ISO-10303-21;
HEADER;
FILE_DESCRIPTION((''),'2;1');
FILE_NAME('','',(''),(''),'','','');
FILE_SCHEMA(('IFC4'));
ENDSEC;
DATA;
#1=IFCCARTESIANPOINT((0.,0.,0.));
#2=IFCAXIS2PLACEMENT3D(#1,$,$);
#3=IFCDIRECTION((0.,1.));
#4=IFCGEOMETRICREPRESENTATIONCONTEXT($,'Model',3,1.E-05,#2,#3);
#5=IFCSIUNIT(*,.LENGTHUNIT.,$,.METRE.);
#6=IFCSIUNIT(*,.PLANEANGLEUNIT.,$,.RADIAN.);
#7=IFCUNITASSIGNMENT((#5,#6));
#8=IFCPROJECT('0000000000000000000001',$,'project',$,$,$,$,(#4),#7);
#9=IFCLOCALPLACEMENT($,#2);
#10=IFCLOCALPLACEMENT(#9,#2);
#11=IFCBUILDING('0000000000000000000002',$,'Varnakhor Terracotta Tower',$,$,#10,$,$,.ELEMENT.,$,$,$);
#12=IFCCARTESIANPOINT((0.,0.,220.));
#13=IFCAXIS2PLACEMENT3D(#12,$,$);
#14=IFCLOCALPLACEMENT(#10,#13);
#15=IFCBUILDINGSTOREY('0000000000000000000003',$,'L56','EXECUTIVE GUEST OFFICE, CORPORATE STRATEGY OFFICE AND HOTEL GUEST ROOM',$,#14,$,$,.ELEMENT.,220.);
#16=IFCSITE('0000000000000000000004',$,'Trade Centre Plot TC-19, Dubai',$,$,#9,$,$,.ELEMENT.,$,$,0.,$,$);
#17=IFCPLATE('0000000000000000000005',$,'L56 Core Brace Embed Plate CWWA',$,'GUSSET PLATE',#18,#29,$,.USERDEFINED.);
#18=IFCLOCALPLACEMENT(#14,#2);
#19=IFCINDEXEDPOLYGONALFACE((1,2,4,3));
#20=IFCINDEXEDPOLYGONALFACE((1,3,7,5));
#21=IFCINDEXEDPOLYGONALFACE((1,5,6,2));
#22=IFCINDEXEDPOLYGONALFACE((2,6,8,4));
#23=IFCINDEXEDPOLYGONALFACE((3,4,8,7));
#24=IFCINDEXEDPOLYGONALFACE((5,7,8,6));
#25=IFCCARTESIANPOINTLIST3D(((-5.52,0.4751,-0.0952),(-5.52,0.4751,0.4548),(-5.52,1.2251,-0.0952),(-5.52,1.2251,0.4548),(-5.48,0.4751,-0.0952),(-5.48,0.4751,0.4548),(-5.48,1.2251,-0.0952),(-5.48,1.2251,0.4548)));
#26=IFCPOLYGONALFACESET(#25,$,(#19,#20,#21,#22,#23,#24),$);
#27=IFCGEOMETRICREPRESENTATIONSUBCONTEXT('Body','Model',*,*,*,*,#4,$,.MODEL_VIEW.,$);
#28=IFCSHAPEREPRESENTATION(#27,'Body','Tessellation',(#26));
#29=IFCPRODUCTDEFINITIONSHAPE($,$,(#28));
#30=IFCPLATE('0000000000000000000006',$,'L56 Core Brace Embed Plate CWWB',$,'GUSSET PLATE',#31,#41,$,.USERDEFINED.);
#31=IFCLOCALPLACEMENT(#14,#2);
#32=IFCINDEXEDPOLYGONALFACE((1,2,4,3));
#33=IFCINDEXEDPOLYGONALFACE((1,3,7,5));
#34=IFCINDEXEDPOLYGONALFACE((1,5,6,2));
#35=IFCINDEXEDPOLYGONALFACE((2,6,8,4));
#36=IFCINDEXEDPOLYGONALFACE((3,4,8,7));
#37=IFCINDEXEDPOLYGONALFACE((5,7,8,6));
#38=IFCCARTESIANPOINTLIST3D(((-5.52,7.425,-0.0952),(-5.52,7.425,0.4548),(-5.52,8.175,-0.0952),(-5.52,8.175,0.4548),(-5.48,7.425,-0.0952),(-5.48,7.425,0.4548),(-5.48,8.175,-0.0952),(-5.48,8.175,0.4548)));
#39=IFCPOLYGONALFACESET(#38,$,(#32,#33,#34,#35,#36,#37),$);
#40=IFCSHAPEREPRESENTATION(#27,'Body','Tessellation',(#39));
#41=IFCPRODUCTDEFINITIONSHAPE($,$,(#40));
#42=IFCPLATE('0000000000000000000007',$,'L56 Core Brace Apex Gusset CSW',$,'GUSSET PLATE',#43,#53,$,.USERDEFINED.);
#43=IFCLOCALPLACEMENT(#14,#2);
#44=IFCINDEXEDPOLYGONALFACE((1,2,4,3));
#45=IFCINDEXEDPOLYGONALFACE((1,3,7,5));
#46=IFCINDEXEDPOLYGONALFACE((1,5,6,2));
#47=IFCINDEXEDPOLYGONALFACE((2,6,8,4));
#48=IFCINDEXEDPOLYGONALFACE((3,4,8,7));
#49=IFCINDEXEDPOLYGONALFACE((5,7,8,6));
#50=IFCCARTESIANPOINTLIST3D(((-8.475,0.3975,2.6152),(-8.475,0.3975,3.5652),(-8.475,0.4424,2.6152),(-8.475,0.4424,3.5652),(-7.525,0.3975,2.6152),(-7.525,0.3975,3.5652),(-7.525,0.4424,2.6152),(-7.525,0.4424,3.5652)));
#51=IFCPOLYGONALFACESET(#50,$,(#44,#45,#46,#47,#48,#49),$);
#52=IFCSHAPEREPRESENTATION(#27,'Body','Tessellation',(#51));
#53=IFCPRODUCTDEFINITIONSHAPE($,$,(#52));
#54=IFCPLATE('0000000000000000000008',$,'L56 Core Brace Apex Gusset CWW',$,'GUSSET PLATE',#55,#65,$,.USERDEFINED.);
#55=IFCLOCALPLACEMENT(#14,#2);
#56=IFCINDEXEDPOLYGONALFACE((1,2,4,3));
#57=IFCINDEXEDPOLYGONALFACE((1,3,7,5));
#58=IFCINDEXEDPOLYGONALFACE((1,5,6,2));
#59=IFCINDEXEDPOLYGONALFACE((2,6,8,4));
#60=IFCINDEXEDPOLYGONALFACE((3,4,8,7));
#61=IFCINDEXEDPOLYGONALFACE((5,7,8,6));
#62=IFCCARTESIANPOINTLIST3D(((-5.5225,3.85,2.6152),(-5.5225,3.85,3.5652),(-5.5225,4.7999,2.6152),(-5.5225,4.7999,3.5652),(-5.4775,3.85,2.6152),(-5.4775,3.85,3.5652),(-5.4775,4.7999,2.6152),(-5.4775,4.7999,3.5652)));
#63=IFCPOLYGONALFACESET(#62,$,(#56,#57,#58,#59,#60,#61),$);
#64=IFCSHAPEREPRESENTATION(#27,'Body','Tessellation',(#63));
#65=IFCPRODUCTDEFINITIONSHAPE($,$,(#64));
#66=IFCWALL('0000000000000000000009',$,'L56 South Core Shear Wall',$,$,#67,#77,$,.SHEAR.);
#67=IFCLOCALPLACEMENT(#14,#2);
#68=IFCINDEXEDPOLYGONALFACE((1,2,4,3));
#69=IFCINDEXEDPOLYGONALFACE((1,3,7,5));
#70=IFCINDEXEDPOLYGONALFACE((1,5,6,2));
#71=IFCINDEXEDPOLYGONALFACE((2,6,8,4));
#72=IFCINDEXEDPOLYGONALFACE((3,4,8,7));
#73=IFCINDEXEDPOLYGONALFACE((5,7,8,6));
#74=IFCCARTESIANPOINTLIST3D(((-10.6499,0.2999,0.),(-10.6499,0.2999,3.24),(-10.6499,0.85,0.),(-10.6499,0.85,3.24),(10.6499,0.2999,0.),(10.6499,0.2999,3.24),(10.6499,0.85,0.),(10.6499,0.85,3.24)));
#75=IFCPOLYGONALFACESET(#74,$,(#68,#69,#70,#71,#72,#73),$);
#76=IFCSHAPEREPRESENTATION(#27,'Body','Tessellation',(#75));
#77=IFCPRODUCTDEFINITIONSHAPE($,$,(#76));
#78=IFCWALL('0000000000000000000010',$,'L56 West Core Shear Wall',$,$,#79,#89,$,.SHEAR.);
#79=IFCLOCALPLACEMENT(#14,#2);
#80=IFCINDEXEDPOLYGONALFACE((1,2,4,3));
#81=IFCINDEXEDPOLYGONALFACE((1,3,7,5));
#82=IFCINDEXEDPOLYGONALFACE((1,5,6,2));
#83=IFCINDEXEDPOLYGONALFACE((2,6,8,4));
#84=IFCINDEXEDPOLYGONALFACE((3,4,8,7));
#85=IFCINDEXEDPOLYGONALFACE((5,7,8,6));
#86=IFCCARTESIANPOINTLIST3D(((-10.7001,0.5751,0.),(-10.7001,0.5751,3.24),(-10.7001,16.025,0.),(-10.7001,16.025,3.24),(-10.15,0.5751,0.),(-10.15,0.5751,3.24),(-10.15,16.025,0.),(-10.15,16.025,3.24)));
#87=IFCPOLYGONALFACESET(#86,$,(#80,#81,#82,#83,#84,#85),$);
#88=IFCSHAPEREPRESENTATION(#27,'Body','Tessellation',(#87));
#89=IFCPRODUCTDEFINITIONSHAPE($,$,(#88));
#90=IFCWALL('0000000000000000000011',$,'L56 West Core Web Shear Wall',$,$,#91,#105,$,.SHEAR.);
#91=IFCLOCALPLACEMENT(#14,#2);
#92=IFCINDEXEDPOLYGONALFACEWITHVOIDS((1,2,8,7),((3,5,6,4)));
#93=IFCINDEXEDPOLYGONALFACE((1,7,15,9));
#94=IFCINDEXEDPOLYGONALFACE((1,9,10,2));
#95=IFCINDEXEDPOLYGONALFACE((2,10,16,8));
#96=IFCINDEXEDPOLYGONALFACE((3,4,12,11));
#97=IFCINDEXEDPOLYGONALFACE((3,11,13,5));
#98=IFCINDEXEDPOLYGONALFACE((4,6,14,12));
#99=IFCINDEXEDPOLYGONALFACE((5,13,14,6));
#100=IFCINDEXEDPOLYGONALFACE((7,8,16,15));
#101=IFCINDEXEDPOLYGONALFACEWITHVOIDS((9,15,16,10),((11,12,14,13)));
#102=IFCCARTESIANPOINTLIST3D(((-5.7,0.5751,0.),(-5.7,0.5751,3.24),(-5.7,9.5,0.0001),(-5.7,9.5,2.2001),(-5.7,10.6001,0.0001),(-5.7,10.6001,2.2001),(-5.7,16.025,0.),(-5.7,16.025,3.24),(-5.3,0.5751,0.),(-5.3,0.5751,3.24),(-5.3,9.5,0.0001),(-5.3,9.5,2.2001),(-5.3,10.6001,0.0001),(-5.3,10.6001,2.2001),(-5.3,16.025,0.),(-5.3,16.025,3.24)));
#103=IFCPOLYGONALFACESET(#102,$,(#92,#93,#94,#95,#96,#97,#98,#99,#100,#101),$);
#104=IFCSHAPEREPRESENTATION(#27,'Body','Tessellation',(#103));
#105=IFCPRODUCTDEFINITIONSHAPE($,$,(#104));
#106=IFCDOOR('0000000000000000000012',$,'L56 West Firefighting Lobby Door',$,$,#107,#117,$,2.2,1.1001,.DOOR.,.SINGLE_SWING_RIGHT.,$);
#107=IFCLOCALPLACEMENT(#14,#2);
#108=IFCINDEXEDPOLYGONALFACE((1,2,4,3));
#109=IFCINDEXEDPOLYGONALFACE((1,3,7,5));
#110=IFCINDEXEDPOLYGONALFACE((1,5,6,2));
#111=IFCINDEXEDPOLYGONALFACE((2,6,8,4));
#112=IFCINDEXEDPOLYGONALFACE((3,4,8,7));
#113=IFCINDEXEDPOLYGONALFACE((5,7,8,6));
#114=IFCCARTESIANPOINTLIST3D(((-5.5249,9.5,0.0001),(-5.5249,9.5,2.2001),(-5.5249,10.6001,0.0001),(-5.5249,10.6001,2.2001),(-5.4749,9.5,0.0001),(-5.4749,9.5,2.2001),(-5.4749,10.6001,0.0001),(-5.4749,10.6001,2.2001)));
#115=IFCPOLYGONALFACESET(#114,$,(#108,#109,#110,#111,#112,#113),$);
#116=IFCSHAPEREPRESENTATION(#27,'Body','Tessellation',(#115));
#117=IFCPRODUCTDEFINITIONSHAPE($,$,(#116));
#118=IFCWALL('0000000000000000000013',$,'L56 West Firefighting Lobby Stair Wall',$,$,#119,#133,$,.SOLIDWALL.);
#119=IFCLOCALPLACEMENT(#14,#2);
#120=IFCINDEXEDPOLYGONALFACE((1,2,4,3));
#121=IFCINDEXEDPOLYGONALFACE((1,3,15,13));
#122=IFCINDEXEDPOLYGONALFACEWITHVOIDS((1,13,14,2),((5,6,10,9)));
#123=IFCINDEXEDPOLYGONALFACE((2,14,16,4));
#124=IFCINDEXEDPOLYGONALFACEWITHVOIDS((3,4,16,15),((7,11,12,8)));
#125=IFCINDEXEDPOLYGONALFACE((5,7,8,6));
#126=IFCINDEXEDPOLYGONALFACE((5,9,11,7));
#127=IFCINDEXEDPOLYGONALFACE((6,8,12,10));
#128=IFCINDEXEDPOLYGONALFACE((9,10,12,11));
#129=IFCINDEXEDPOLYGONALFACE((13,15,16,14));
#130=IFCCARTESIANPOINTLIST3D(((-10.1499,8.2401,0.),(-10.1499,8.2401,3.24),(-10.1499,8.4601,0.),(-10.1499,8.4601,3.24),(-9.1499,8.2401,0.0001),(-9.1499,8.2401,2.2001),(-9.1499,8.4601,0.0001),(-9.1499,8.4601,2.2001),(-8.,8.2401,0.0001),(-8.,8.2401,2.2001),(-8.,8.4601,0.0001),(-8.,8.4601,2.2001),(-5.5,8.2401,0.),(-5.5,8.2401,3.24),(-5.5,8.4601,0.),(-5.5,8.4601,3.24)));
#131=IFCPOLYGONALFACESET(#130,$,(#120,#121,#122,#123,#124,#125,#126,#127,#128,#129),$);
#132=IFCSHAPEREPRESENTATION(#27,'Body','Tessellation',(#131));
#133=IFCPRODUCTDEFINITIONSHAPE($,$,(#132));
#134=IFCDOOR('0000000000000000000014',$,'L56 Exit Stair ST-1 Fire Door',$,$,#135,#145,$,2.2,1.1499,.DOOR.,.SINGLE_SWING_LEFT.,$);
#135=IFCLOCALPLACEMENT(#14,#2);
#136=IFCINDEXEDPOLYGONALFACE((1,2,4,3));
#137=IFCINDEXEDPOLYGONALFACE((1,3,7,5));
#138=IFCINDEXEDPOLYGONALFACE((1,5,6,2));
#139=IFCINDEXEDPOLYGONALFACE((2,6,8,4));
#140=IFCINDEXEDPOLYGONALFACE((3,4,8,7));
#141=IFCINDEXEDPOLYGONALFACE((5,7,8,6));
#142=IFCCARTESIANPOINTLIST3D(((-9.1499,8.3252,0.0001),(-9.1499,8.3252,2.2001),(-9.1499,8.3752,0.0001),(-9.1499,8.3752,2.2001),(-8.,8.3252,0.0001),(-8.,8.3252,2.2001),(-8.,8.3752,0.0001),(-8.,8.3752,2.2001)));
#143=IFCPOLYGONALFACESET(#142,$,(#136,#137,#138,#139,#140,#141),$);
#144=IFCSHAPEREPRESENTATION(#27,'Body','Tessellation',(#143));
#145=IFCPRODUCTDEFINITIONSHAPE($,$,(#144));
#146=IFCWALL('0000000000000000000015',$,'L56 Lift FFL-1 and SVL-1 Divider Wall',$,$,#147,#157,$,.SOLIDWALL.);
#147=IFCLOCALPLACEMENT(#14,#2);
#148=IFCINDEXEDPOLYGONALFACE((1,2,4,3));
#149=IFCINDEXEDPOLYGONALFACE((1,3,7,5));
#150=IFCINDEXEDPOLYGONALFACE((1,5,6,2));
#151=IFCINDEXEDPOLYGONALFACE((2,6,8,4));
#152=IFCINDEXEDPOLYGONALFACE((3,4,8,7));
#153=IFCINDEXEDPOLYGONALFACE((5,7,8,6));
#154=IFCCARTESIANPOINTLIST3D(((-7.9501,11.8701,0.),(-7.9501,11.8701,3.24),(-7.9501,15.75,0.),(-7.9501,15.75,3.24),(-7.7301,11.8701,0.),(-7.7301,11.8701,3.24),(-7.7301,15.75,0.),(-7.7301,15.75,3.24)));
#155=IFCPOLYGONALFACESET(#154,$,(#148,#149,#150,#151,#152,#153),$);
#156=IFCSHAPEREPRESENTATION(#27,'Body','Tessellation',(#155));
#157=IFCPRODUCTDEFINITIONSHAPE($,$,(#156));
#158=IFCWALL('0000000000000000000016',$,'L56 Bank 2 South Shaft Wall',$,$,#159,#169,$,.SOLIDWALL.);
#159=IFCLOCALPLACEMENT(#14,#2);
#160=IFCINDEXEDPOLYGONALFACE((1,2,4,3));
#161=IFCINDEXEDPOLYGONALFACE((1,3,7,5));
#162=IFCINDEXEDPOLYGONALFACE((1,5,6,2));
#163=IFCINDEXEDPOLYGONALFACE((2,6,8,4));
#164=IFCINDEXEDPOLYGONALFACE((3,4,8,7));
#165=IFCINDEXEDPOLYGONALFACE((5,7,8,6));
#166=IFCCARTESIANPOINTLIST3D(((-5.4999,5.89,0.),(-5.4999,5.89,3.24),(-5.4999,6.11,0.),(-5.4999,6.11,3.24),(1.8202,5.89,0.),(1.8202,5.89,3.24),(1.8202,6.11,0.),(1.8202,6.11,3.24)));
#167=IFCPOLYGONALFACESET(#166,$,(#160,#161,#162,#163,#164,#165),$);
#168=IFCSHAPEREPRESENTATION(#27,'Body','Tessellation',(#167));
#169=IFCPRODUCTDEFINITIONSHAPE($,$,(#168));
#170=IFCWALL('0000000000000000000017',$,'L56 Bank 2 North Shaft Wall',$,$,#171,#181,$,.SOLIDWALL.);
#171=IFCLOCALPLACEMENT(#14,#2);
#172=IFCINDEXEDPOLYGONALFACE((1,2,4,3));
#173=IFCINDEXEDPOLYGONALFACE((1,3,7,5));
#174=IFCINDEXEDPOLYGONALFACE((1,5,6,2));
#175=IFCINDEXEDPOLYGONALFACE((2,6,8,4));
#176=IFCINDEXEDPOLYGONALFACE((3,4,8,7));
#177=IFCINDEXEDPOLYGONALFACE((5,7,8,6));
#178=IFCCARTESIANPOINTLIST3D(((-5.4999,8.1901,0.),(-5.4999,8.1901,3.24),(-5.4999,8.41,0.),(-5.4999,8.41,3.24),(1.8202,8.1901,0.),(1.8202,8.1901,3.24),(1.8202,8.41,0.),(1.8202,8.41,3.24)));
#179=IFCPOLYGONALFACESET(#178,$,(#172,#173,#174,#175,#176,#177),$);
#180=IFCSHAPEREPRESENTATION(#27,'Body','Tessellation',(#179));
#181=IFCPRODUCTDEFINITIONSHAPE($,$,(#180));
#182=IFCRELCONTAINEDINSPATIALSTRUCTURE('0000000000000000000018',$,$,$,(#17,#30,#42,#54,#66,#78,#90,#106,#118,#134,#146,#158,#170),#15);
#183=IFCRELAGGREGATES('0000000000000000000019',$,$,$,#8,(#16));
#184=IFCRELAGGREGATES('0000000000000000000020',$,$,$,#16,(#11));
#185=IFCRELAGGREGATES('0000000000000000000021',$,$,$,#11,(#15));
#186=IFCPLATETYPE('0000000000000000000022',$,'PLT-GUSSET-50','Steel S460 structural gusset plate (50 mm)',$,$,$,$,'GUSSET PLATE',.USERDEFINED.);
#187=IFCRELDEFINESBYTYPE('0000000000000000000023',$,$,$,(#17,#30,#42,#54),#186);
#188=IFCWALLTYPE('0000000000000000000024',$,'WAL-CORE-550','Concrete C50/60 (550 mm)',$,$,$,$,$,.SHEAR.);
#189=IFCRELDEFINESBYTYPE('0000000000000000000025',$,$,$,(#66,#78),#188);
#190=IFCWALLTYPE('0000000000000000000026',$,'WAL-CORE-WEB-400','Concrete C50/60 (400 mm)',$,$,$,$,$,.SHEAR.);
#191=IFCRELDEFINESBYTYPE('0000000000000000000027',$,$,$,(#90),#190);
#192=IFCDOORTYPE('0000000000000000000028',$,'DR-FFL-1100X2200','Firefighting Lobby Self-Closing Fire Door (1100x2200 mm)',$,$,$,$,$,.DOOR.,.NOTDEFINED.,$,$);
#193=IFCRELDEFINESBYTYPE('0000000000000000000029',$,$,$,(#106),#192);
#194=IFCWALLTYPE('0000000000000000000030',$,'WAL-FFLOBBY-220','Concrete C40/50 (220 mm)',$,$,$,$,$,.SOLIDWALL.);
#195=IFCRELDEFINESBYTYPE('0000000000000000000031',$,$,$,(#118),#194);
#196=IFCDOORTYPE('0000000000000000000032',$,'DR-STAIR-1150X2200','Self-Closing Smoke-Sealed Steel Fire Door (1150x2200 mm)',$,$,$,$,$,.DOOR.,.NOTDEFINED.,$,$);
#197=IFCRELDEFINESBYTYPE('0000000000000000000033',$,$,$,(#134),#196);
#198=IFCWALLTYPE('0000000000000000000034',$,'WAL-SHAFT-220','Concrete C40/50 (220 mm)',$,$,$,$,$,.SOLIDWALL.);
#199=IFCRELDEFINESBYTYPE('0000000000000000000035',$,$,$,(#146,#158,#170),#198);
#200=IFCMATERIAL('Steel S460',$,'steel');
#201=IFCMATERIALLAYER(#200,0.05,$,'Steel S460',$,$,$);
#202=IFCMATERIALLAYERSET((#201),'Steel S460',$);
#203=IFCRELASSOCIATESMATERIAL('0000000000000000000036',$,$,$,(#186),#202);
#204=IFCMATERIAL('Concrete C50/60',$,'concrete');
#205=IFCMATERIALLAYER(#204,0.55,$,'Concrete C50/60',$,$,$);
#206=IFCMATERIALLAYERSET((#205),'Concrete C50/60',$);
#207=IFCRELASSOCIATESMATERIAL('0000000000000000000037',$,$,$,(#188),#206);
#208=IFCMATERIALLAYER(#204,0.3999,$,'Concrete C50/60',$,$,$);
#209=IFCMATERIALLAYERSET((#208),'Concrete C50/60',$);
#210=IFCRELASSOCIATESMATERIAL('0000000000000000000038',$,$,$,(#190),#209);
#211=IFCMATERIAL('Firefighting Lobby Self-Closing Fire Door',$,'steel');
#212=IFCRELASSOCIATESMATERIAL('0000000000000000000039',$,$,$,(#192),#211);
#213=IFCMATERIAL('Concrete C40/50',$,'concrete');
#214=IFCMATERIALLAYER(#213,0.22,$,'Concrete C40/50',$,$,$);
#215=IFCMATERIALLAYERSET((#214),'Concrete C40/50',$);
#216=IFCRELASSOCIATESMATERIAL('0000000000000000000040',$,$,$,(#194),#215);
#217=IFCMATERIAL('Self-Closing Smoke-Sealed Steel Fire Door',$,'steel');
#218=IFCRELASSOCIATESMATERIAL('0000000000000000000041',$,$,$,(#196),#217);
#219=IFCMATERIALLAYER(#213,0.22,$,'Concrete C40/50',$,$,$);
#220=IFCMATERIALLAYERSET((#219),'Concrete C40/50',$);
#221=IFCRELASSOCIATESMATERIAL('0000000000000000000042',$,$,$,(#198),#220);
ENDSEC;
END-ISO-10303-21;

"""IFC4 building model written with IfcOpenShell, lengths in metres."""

from ifc_helpers import new_model, si_unit, direction, frame, frame_2d, origin, origin_2d, place, context, subcontext, project, spatial, rectangle, extrude, source, transform, mapped, material, layer, layer_set, type_object, type_shapes, element, fill, save


model = new_model("IFC4")

# Units and contexts
model_context = context("Model", 3, precision=1e-05, world=origin(), true_north=direction((0.0, 1.0)))
body_context = subcontext(model_context, "Body", "Model", "MODEL_VIEW")
ifc_project = project(units=[si_unit("LENGTHUNIT", "METRE"), si_unit("PLANEANGLEUNIT", "RADIAN")], contexts=[model_context])

# Site, building, storey
site_placement = place(None, origin())
site = spatial("IfcSite", under=ifc_project, at=site_placement, Name="Trade Centre Plot TC-19, Dubai", CompositionType="ELEMENT", RefElevation=0.0)
building_placement = place(site_placement, origin())
building = spatial("IfcBuilding", under=site, at=building_placement, Name="Varnakhor Terracotta Tower", CompositionType="ELEMENT")
storey_placement = place(building_placement, frame((0.0, 0.0, 220.0)))
storey = spatial("IfcBuildingStorey", under=building, at=storey_placement, Name="L56", Description="EXECUTIVE GUEST OFFICE, CORPORATE STRATEGY OFFICE AND HOTEL GUEST ROOM", CompositionType="ELEMENT", Elevation=220.0)

# Shared definitions
ifc_material_1 = material(Name="Concrete C50/60", Category="concrete")

# Plates
ifc_material_2 = material(Name="Steel S460", Category="steel")
ifc_layer_1 = layer(ifc_material_2, 0.05, Name="Steel S460")
ifc_layer_set_1 = layer_set([ifc_layer_1], Name="Steel S460")
plate_type = type_object("IfcPlateType", Name="PLT-GUSSET-50", Description="Steel S460 structural gusset plate (50 mm)", ElementType="GUSSET PLATE", PredefinedType="USERDEFINED", material=ifc_layer_set_1)
shared_shape_1 = source(origin(), body_context, "Body", "SweptSolid", [
    extrude(rectangle(XDim=0.75, YDim=0.04, at=origin_2d()), origin(), (0.0, 0.0, 1.0), 0.55),
])
type_shapes(plate_type, [shared_shape_1])
for number, where, z_axis, x_axis, name in (
    (1, (-5.5, 0.8501, -0.0952), (0.0, 0.0, 1.0), (0.0, 1.0, 0.0), "L56 Core Brace Embed Plate CWWA"),
    (2, (-5.5, 7.8, -0.0952), (0.0, 0.0, 1.0), (0.0, 1.0, 0.0), "L56 Core Brace Embed Plate CWWB"),
):
    element("IfcPlate", number, at=place(storey_placement, frame(where, z_axis=z_axis, x_axis=x_axis)), inside=storey, type_object=plate_type, Name=name, ObjectType="GUSSET PLATE", PredefinedType="USERDEFINED", context=body_context, shape_type="MappedRepresentation", body=[
        mapped(shared_shape_1, transform((0.0, 0.0, 0.0), scale=1.0)),
    ])
shared_shape_2 = source(origin(), body_context, "Body", "SweptSolid", [
    extrude(rectangle(XDim=0.95, YDim=0.0449, at=origin_2d()), origin(), (0.0, 0.0, 1.0), 0.95),
])
for number, where, z_axis, x_axis, name in (
    (3, (-8.0, 0.4199, 2.6152), (0.0, 0.0, 1.0), (1.0, 0.0, 0.0), "L56 Core Brace Apex Gusset CSW"),
    (4, (-5.5, 4.325, 2.6152), (0.0, 0.0, 1.0), (0.0, 1.0, 0.0), "L56 Core Brace Apex Gusset CWW"),
):
    element("IfcPlate", number, at=place(storey_placement, frame(where, z_axis=z_axis, x_axis=x_axis)), inside=storey, type_object=plate_type, Name=name, ObjectType="GUSSET PLATE", PredefinedType="USERDEFINED", context=body_context, shape_type="MappedRepresentation", body=[
        mapped(shared_shape_2, transform((0.0, 0.0, 0.0), scale=1.0)),
    ])

# Walls
ifc_layer_2 = layer(ifc_material_1, 0.55, Name="Concrete C50/60")
ifc_layer_set_2 = layer_set([ifc_layer_2], Name="Concrete C50/60")
wall_type_1 = type_object("IfcWallType", Name="WAL-CORE-550", Description="Concrete C50/60 (550 mm)", PredefinedType="SHEAR", material=ifc_layer_set_2)
wall_1_placement = place(storey_placement, frame((-10.6499, 0.575, 0.0), z_axis=(0.0, 0.0, 1.0), x_axis=(1.0, 0.0, 0.0)))
element("IfcWall", 5, at=wall_1_placement, inside=storey, type_object=wall_type_1, Name="L56 South Core Shear Wall", PredefinedType="SHEAR", context=body_context, shape_type="SweptSolid", body=[
    extrude(rectangle(XDim=21.2998, YDim=0.55, at=frame_2d((10.6499, 0.0))), origin(), (0.0, 0.0, 1.0), 3.24),
])
wall_2_placement = place(storey_placement, frame((-10.425, 0.575, 0.0), z_axis=(0.0, 0.0, 1.0), x_axis=(0.0, 1.0, 0.0)))
element("IfcWall", 6, at=wall_2_placement, inside=storey, type_object=wall_type_1, Name="L56 West Core Shear Wall", PredefinedType="SHEAR", context=body_context, shape_type="SweptSolid", body=[
    extrude(rectangle(XDim=15.45, YDim=0.55, at=frame_2d((7.7251, 0.0))), origin(), (0.0, 0.0, 1.0), 3.24),
])

# Walls, openings, doors
ifc_layer_3 = layer(ifc_material_1, 0.3999, Name="Concrete C50/60")
ifc_layer_set_3 = layer_set([ifc_layer_3], Name="Concrete C50/60")
wall_type_2 = type_object("IfcWallType", Name="WAL-CORE-WEB-400", Description="Concrete C50/60 (400 mm)", PredefinedType="SHEAR", material=ifc_layer_set_3)
wall_3_placement = place(storey_placement, frame((-5.5, 0.575, 0.0), z_axis=(0.0, 0.0, 1.0), x_axis=(0.0, 1.0, 0.0)))
wall_3 = element("IfcWall", 7, at=wall_3_placement, inside=storey, type_object=wall_type_2, Name="L56 West Core Web Shear Wall", PredefinedType="SHEAR", context=body_context, shape_type="SweptSolid", body=[
    extrude(rectangle(XDim=15.45, YDim=0.3999, at=frame_2d((7.7251, 0.0))), origin(), (0.0, 0.0, 1.0), 3.24),
])
opening_1_placement = place(wall_3_placement, frame((8.925, 0.0, 0.0)))
opening_1 = element("IfcOpeningElement", 8, at=opening_1_placement, cuts=wall_3, PredefinedType="OPENING", context=body_context, shape_type="SweptSolid", body=[
    extrude(rectangle(XDim=1.1001, YDim=2.2, at=frame_2d((0.55, 1.1001))), frame((0.0, 0.21, 0.0), z_axis=(0.0, -1.0, 0.0), x_axis=(1.0, 0.0, 0.0)), (0.0, 0.0, 1.0), 0.4199),
])
ifc_material_3 = material(Name="Firefighting Lobby Self-Closing Fire Door", Category="steel")
door_type_1 = type_object("IfcDoorType", Name="DR-FFL-1100X2200", Description="Firefighting Lobby Self-Closing Fire Door (1100x2200 mm)", OperationType="NOTDEFINED", PredefinedType="DOOR", material=ifc_material_3)
shared_shape_3 = source(origin(), body_context, "Body", "SweptSolid", [
    extrude(rectangle(XDim=1.1001, YDim=2.2, at=frame_2d((0.55, 1.1001))), frame((0.0, 0.0249, 0.0), z_axis=(0.0, -1.0, 0.0), x_axis=(1.0, 0.0, 0.0)), (0.0, 0.0, 1.0), 0.05),
])
type_shapes(door_type_1, [shared_shape_3])
door_1_placement = place(opening_1_placement, origin())
door_1 = element("IfcDoor", 9, at=door_1_placement, inside=storey, type_object=door_type_1, Name="L56 West Firefighting Lobby Door", OperationType="SINGLE_SWING_RIGHT", OverallHeight=2.2, OverallWidth=1.1001, PredefinedType="DOOR", context=body_context, shape_type="MappedRepresentation", body=[
    mapped(shared_shape_3, transform((0.0, 0.0, 0.0), scale=1.0)),
])
fill(opening_1, door_1)
ifc_material_4 = material(Name="Concrete C40/50", Category="concrete")
ifc_layer_4 = layer(ifc_material_4, 0.22, Name="Concrete C40/50")
ifc_layer_set_4 = layer_set([ifc_layer_4], Name="Concrete C40/50")
wall_type_3 = type_object("IfcWallType", Name="WAL-FFLOBBY-220", Description="Concrete C40/50 (220 mm)", PredefinedType="SOLIDWALL", material=ifc_layer_set_4)
wall_4_placement = place(storey_placement, frame((-5.5, 8.3501, 0.0), z_axis=(0.0, 0.0, 1.0), x_axis=(-1.0, 0.0, 0.0)))
wall_4 = element("IfcWall", 10, at=wall_4_placement, inside=storey, type_object=wall_type_3, Name="L56 West Firefighting Lobby Stair Wall", PredefinedType="SOLIDWALL", context=body_context, shape_type="SweptSolid", body=[
    extrude(rectangle(XDim=4.6499, YDim=0.22, at=frame_2d((2.325, 0.0))), origin(), (0.0, 0.0, 1.0), 3.24),
])
opening_2_placement = place(wall_4_placement, frame((2.5, 0.0, 0.0)))
opening_2 = element("IfcOpeningElement", 11, at=opening_2_placement, cuts=wall_4, PredefinedType="OPENING", context=body_context, shape_type="SweptSolid", body=[
    extrude(rectangle(XDim=1.1499, YDim=2.2, at=frame_2d((0.575, 1.1001))), frame((0.0, 0.1201, 0.0), z_axis=(0.0, -1.0, 0.0), x_axis=(1.0, 0.0, 0.0)), (0.0, 0.0, 1.0), 0.24),
])
ifc_material_5 = material(Name="Self-Closing Smoke-Sealed Steel Fire Door", Category="steel")
door_type_2 = type_object("IfcDoorType", Name="DR-STAIR-1150X2200", Description="Self-Closing Smoke-Sealed Steel Fire Door (1150x2200 mm)", OperationType="NOTDEFINED", PredefinedType="DOOR", material=ifc_material_5)
shared_shape_4 = source(origin(), body_context, "Body", "SweptSolid", [
    extrude(rectangle(XDim=1.1499, YDim=2.2, at=frame_2d((0.575, 1.1001))), frame((0.0, 0.0249, 0.0), z_axis=(0.0, -1.0, 0.0), x_axis=(1.0, 0.0, 0.0)), (0.0, 0.0, 1.0), 0.05),
])
type_shapes(door_type_2, [shared_shape_4])
door_2_placement = place(opening_2_placement, origin())
door_2 = element("IfcDoor", 12, at=door_2_placement, inside=storey, type_object=door_type_2, Name="L56 Exit Stair ST-1 Fire Door", OperationType="SINGLE_SWING_LEFT", OverallHeight=2.2, OverallWidth=1.1499, PredefinedType="DOOR", context=body_context, shape_type="MappedRepresentation", body=[
    mapped(shared_shape_4, transform((0.0, 0.0, 0.0), scale=1.0)),
])
fill(opening_2, door_2)

# Walls
ifc_layer_5 = layer(ifc_material_4, 0.22, Name="Concrete C40/50")
ifc_layer_set_5 = layer_set([ifc_layer_5], Name="Concrete C40/50")
wall_type_4 = type_object("IfcWallType", Name="WAL-SHAFT-220", Description="Concrete C40/50 (220 mm)", PredefinedType="SOLIDWALL", material=ifc_layer_set_5)
wall_5_placement = place(storey_placement, frame((-7.8401, 11.8701, 0.0), z_axis=(0.0, 0.0, 1.0), x_axis=(0.0, 1.0, 0.0)))
element("IfcWall", 13, at=wall_5_placement, inside=storey, type_object=wall_type_4, Name="L56 Lift FFL-1 and SVL-1 Divider Wall", PredefinedType="SOLIDWALL", context=body_context, shape_type="SweptSolid", body=[
    extrude(rectangle(XDim=3.8799, YDim=0.22, at=frame_2d((1.9399, 0.0))), origin(), (0.0, 0.0, 1.0), 3.24),
])
for number, where, z_axis, x_axis, name in (
    (14, (-5.5, 6.0, 0.0), (0.0, 0.0, 1.0), (1.0, 0.0, 0.0), "L56 Bank 2 South Shaft Wall"),
    (15, (-5.5, 8.3, 0.0), (0.0, 0.0, 1.0), (1.0, 0.0, 0.0), "L56 Bank 2 North Shaft Wall"),
):
    element("IfcWall", number, at=place(storey_placement, frame(where, z_axis=z_axis, x_axis=x_axis)), inside=storey, type_object=wall_type_4, Name=name, PredefinedType="SOLIDWALL", context=body_context, shape_type="SweptSolid", body=[
        extrude(rectangle(XDim=7.3201, YDim=0.22, at=frame_2d((3.6602, 0.0))), origin(), (0.0, 0.0, 1.0), 3.24),
    ])

save(model, "model.ifc")
